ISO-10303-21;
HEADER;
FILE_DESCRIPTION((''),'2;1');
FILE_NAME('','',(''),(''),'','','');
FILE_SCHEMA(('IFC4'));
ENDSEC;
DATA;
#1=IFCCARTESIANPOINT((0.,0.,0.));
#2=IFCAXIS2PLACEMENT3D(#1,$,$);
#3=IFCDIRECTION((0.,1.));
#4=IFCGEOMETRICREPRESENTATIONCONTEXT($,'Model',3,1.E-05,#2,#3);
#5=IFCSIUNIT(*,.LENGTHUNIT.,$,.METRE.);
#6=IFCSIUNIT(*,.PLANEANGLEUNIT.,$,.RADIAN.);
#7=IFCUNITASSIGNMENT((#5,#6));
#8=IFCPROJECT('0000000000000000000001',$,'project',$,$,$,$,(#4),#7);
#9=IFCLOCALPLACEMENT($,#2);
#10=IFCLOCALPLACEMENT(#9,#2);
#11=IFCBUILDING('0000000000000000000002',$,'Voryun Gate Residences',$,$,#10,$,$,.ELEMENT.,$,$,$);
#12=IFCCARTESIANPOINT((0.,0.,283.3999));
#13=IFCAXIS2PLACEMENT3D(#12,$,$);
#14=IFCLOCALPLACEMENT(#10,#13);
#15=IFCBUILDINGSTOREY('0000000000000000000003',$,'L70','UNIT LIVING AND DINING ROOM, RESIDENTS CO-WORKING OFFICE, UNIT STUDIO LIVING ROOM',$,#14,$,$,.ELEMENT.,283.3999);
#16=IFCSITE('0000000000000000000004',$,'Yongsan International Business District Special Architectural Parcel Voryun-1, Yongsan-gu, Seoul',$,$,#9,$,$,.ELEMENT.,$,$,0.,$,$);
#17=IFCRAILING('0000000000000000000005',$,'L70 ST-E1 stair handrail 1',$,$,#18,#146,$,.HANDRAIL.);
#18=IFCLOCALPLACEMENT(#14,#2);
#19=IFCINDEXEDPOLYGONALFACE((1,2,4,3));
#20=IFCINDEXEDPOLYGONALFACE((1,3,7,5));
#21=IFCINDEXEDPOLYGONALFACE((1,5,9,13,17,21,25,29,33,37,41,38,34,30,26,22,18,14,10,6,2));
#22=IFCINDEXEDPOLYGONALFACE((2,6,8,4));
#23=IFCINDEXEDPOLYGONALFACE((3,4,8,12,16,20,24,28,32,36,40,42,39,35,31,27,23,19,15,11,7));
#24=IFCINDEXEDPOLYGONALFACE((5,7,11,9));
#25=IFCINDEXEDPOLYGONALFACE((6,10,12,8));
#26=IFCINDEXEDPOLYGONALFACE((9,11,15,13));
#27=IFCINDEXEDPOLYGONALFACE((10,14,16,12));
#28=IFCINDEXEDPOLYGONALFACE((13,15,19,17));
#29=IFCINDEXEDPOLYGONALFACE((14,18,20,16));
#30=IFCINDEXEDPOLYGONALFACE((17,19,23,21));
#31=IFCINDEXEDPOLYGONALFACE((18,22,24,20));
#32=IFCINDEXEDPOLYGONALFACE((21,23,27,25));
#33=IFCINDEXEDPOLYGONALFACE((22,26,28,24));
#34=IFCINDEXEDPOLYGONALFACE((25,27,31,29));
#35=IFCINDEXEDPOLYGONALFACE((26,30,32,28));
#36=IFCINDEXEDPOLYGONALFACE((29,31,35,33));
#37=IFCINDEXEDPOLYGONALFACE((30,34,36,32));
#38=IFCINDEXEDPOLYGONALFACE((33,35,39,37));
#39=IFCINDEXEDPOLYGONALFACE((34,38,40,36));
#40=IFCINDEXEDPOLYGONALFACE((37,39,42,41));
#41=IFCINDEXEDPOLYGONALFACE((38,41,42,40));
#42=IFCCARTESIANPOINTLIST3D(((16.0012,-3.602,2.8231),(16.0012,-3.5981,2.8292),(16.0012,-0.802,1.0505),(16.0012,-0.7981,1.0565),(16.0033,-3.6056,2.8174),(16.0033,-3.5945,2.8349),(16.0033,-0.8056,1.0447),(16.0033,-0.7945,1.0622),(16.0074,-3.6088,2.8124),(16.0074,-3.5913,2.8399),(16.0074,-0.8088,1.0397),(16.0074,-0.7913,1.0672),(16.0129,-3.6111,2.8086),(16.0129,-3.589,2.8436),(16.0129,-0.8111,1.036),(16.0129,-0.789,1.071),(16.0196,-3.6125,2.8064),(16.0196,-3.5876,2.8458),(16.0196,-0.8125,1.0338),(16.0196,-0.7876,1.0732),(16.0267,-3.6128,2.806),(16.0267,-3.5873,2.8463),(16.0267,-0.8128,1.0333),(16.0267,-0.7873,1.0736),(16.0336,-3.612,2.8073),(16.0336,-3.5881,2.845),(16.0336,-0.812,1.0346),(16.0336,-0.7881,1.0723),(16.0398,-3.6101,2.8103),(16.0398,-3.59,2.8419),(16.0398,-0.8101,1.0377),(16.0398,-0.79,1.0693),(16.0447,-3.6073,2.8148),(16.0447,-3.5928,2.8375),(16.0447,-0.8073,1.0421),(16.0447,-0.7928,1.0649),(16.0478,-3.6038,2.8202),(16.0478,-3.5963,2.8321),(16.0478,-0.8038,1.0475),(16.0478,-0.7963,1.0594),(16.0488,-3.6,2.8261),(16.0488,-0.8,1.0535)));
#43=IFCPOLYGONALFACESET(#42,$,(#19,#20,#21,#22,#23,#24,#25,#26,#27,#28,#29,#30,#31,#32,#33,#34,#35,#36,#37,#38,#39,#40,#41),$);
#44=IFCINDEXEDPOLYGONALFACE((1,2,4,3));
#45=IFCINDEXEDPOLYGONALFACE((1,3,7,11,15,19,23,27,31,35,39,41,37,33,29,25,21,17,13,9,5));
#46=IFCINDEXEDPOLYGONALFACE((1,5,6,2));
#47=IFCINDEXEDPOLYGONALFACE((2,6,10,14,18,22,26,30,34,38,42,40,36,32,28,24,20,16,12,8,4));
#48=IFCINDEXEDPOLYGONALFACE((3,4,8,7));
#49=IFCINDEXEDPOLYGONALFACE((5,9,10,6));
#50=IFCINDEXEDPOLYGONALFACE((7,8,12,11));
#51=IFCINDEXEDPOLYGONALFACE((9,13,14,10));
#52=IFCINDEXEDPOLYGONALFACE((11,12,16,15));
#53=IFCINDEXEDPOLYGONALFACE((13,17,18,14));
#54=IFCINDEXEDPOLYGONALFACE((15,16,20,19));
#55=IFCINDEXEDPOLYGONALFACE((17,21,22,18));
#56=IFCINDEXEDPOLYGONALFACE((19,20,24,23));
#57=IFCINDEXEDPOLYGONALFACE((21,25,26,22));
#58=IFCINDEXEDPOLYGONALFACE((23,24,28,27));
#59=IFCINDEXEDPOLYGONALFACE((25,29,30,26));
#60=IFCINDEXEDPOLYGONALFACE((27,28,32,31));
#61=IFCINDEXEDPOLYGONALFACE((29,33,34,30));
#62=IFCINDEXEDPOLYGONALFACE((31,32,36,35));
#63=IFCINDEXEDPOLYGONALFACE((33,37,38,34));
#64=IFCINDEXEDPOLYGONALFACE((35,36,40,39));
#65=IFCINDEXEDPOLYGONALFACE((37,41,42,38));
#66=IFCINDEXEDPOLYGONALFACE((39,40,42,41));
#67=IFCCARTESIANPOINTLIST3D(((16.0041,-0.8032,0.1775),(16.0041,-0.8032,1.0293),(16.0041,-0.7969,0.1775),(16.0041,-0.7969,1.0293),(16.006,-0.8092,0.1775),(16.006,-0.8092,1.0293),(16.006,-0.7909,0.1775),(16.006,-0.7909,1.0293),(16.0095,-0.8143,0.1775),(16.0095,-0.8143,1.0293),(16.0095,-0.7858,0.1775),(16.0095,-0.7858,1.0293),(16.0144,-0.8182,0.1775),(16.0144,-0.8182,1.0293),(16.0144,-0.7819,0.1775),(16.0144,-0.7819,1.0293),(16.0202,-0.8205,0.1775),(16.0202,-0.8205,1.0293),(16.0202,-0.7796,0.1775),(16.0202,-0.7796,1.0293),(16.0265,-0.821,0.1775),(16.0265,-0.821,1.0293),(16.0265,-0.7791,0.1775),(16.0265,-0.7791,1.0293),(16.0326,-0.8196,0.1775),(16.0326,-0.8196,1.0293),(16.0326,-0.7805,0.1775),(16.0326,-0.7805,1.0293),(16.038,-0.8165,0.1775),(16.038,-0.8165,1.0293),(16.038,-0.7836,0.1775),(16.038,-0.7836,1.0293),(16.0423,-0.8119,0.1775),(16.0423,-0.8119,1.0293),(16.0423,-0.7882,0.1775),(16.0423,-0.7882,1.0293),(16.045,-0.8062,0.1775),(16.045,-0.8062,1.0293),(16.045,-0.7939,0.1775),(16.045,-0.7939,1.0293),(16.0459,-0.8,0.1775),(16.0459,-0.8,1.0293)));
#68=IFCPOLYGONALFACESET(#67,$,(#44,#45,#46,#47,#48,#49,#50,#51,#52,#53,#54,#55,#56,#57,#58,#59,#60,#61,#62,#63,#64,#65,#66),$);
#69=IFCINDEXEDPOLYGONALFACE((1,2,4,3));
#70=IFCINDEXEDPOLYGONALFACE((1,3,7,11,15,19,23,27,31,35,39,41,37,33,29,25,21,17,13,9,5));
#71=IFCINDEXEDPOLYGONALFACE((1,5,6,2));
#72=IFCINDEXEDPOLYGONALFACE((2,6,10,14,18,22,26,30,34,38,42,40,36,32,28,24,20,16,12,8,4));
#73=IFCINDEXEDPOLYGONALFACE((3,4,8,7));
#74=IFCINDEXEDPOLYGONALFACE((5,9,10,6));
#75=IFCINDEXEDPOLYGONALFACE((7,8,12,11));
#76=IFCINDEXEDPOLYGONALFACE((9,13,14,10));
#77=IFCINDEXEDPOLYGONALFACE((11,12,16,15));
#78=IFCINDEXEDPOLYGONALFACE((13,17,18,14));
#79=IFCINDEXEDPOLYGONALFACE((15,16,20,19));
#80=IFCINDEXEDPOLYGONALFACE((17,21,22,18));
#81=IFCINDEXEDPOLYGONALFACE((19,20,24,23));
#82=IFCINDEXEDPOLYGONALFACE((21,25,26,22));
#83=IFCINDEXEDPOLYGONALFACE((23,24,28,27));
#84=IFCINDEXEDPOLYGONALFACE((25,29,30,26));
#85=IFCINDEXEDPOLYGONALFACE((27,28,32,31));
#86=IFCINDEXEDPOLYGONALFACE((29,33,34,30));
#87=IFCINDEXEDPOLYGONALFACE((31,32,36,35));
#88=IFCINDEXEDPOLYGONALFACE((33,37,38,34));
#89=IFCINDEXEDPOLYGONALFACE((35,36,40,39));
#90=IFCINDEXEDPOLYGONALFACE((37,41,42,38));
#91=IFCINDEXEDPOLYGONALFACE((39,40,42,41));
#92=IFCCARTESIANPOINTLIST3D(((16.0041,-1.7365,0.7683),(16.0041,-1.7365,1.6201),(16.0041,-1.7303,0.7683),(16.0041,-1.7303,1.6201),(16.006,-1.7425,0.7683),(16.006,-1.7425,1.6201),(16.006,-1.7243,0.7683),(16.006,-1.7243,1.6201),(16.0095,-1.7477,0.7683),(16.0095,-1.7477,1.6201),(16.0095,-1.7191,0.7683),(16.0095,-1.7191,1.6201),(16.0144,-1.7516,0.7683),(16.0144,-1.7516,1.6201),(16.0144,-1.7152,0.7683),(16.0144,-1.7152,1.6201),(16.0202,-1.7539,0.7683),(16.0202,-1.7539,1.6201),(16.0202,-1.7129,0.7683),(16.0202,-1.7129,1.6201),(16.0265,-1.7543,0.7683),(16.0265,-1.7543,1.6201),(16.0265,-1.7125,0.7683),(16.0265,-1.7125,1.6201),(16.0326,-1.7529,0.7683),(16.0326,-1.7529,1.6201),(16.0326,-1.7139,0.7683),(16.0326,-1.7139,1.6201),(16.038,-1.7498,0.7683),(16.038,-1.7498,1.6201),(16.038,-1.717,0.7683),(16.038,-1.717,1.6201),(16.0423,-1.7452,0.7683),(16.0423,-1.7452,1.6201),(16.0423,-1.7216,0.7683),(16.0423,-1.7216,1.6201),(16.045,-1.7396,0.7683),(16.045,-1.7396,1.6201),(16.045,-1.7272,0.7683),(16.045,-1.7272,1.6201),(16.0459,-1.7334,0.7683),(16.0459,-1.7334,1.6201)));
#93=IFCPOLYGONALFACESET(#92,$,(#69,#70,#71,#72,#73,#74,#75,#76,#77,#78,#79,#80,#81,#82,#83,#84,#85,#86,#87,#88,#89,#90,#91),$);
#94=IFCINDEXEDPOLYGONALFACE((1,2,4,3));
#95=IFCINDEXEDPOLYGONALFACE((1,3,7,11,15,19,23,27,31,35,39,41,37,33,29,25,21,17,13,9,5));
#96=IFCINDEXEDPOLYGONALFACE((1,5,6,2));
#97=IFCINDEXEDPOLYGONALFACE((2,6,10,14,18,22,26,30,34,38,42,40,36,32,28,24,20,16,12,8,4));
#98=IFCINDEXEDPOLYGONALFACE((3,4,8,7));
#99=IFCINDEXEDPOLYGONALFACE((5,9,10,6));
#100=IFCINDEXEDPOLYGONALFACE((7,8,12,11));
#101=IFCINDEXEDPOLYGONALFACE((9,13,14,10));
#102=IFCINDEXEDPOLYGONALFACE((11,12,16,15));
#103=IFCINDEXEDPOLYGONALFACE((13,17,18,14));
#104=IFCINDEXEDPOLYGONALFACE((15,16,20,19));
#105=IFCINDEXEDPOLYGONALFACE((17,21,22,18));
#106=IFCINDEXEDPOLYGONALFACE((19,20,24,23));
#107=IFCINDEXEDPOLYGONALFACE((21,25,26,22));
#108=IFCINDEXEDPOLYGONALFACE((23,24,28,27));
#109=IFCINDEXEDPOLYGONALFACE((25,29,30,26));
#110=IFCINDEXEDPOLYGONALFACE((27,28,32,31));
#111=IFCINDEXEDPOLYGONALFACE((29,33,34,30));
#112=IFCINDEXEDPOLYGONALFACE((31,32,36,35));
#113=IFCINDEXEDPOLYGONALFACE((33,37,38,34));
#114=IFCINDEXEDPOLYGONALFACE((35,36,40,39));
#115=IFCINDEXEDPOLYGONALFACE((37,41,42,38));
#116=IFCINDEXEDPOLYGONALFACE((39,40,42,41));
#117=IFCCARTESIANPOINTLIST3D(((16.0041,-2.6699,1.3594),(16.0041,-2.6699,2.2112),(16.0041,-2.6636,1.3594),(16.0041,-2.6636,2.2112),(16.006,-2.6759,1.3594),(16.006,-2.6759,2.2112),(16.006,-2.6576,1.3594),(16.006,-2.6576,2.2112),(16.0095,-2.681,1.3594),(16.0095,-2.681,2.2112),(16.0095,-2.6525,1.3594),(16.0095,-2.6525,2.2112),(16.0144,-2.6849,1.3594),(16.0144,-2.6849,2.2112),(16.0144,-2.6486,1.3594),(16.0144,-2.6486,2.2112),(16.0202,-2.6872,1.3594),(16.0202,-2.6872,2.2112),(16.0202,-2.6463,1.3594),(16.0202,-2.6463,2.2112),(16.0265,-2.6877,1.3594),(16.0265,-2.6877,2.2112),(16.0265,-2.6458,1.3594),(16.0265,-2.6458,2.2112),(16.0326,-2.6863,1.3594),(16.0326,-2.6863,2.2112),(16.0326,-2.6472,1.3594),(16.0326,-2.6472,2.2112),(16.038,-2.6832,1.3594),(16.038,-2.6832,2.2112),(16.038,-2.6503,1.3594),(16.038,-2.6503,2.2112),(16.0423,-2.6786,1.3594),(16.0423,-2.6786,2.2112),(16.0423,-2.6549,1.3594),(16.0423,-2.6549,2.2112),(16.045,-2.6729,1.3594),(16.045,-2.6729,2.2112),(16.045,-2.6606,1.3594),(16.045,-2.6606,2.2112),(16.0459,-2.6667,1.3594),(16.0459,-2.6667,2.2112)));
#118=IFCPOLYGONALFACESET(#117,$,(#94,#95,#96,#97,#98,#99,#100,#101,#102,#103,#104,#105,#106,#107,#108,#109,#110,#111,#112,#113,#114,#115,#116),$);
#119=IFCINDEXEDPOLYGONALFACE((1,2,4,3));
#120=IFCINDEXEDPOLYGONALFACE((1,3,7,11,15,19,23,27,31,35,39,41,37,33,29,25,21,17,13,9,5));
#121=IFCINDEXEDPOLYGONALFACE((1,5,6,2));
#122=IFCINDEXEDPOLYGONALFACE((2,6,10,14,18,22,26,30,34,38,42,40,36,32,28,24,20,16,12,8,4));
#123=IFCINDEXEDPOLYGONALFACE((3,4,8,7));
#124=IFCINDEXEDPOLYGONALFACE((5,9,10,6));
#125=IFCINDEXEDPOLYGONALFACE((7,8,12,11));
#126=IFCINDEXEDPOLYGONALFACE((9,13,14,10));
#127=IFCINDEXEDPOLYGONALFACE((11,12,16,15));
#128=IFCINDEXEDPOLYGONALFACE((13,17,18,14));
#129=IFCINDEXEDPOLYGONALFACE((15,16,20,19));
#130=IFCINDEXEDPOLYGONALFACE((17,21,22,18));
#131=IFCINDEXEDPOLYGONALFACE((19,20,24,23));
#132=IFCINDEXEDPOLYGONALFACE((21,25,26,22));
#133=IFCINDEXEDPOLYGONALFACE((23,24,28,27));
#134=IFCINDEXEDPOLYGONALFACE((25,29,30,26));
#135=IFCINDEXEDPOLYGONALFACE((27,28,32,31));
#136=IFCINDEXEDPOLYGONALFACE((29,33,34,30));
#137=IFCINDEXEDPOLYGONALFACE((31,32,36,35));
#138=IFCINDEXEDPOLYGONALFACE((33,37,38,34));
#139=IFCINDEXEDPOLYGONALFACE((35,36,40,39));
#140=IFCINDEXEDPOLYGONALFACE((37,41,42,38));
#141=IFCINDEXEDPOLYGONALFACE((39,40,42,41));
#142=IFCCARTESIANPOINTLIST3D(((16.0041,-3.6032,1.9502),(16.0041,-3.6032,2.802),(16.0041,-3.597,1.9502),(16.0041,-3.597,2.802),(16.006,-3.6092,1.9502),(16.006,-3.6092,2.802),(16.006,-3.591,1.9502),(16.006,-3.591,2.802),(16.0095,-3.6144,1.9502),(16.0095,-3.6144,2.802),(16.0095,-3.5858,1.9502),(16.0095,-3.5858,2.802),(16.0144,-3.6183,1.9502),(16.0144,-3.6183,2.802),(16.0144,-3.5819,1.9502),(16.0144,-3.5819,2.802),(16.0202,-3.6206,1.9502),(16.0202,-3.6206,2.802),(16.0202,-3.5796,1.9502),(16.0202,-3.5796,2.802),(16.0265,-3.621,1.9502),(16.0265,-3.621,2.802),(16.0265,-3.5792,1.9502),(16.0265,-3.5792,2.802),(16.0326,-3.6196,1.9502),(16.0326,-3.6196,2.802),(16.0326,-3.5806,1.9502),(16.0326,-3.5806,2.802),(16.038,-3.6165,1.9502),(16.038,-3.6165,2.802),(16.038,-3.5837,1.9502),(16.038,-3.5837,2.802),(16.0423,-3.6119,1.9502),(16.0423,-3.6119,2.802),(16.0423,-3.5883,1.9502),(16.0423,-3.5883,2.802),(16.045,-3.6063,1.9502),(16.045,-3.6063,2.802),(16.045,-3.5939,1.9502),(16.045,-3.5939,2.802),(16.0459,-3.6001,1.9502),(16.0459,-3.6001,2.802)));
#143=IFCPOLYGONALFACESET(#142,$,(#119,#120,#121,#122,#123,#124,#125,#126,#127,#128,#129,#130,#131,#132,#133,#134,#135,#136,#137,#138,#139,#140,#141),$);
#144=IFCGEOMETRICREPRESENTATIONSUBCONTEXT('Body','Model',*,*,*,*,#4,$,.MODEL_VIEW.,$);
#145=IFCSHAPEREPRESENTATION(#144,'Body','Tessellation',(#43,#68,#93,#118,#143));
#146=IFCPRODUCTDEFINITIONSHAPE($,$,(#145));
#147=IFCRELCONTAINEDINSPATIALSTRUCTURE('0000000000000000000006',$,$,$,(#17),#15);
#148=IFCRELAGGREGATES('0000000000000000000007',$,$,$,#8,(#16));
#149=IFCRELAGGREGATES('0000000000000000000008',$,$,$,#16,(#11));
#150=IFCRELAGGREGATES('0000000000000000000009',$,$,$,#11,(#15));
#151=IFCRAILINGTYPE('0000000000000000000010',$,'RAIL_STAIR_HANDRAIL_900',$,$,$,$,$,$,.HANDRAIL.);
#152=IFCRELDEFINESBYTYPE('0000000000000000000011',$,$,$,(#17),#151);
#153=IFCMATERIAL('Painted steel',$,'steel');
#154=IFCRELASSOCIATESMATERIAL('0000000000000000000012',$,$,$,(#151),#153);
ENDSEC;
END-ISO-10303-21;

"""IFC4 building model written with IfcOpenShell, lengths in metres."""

from ifc_helpers import new_model, si_unit, direction, frame, origin, origin_2d, place, context, subcontext, project, spatial, circle, extrude, material, type_object, element, save


model = new_model("IFC4")

# Units and contexts
model_context = context("Model", 3, precision=1e-05, world=origin(), true_north=direction((0.0, 1.0)))
body_context = subcontext(model_context, "Body", "Model", "MODEL_VIEW")
ifc_project = project(units=[si_unit("LENGTHUNIT", "METRE"), si_unit("PLANEANGLEUNIT", "RADIAN")], contexts=[model_context])

# Site, building, storey
site_placement = place(None, origin())
site = spatial("IfcSite", under=ifc_project, at=site_placement, Name="Yongsan International Business District Special Architectural Parcel Voryun-1, Yongsan-gu, Seoul", CompositionType="ELEMENT", RefElevation=0.0)
building_placement = place(site_placement, origin())
building = spatial("IfcBuilding", under=site, at=building_placement, Name="Voryun Gate Residences", CompositionType="ELEMENT")
storey_placement = place(building_placement, frame((0.0, 0.0, 283.3999)))
storey = spatial("IfcBuildingStorey", under=building, at=storey_placement, Name="L70", Description="UNIT LIVING AND DINING ROOM, RESIDENTS CO-WORKING OFFICE, UNIT STUDIO LIVING ROOM", CompositionType="ELEMENT", Elevation=283.3999)

# Railing
ifc_material_1 = material(Name="Painted steel", Category="steel")
railing_type_1 = type_object("IfcRailingType", Name="RAIL_STAIR_HANDRAIL_900", PredefinedType="HANDRAIL", material=ifc_material_1)
railing_1_placement = place(storey_placement, frame((16.0249, -0.8, 0.1775)))
element("IfcRailing", 1, at=railing_1_placement, inside=storey, type_object=railing_type_1, Name="L70 ST-E1 stair handrail 1", PredefinedType="HANDRAIL", context=body_context, shape_type="SweptSolid", body=[
    extrude(circle(Radius=0.0239, at=origin_2d()), frame((0.0, 0.0, 0.876), z_axis=(0.0, -0.844909, 0.53491), x_axis=(1.0, 0.0, 0.0)), (0.0, 0.0, 1.0), 3.314),
    extrude(circle(Radius=0.021, at=origin_2d()), origin(), (0.0, 0.0, 1.0), 0.8518),
    extrude(circle(Radius=0.021, at=origin_2d()), frame((0.0, -0.9333, 0.5908)), (0.0, 0.0, 1.0), 0.8518),
    extrude(circle(Radius=0.021, at=origin_2d()), frame((0.0, -1.8667, 1.1819)), (0.0, 0.0, 1.0), 0.8518),
    extrude(circle(Radius=0.021, at=origin_2d()), frame((0.0, -2.8, 1.7727)), (0.0, 0.0, 1.0), 0.8518),
])

save(model, "model.ifc")
